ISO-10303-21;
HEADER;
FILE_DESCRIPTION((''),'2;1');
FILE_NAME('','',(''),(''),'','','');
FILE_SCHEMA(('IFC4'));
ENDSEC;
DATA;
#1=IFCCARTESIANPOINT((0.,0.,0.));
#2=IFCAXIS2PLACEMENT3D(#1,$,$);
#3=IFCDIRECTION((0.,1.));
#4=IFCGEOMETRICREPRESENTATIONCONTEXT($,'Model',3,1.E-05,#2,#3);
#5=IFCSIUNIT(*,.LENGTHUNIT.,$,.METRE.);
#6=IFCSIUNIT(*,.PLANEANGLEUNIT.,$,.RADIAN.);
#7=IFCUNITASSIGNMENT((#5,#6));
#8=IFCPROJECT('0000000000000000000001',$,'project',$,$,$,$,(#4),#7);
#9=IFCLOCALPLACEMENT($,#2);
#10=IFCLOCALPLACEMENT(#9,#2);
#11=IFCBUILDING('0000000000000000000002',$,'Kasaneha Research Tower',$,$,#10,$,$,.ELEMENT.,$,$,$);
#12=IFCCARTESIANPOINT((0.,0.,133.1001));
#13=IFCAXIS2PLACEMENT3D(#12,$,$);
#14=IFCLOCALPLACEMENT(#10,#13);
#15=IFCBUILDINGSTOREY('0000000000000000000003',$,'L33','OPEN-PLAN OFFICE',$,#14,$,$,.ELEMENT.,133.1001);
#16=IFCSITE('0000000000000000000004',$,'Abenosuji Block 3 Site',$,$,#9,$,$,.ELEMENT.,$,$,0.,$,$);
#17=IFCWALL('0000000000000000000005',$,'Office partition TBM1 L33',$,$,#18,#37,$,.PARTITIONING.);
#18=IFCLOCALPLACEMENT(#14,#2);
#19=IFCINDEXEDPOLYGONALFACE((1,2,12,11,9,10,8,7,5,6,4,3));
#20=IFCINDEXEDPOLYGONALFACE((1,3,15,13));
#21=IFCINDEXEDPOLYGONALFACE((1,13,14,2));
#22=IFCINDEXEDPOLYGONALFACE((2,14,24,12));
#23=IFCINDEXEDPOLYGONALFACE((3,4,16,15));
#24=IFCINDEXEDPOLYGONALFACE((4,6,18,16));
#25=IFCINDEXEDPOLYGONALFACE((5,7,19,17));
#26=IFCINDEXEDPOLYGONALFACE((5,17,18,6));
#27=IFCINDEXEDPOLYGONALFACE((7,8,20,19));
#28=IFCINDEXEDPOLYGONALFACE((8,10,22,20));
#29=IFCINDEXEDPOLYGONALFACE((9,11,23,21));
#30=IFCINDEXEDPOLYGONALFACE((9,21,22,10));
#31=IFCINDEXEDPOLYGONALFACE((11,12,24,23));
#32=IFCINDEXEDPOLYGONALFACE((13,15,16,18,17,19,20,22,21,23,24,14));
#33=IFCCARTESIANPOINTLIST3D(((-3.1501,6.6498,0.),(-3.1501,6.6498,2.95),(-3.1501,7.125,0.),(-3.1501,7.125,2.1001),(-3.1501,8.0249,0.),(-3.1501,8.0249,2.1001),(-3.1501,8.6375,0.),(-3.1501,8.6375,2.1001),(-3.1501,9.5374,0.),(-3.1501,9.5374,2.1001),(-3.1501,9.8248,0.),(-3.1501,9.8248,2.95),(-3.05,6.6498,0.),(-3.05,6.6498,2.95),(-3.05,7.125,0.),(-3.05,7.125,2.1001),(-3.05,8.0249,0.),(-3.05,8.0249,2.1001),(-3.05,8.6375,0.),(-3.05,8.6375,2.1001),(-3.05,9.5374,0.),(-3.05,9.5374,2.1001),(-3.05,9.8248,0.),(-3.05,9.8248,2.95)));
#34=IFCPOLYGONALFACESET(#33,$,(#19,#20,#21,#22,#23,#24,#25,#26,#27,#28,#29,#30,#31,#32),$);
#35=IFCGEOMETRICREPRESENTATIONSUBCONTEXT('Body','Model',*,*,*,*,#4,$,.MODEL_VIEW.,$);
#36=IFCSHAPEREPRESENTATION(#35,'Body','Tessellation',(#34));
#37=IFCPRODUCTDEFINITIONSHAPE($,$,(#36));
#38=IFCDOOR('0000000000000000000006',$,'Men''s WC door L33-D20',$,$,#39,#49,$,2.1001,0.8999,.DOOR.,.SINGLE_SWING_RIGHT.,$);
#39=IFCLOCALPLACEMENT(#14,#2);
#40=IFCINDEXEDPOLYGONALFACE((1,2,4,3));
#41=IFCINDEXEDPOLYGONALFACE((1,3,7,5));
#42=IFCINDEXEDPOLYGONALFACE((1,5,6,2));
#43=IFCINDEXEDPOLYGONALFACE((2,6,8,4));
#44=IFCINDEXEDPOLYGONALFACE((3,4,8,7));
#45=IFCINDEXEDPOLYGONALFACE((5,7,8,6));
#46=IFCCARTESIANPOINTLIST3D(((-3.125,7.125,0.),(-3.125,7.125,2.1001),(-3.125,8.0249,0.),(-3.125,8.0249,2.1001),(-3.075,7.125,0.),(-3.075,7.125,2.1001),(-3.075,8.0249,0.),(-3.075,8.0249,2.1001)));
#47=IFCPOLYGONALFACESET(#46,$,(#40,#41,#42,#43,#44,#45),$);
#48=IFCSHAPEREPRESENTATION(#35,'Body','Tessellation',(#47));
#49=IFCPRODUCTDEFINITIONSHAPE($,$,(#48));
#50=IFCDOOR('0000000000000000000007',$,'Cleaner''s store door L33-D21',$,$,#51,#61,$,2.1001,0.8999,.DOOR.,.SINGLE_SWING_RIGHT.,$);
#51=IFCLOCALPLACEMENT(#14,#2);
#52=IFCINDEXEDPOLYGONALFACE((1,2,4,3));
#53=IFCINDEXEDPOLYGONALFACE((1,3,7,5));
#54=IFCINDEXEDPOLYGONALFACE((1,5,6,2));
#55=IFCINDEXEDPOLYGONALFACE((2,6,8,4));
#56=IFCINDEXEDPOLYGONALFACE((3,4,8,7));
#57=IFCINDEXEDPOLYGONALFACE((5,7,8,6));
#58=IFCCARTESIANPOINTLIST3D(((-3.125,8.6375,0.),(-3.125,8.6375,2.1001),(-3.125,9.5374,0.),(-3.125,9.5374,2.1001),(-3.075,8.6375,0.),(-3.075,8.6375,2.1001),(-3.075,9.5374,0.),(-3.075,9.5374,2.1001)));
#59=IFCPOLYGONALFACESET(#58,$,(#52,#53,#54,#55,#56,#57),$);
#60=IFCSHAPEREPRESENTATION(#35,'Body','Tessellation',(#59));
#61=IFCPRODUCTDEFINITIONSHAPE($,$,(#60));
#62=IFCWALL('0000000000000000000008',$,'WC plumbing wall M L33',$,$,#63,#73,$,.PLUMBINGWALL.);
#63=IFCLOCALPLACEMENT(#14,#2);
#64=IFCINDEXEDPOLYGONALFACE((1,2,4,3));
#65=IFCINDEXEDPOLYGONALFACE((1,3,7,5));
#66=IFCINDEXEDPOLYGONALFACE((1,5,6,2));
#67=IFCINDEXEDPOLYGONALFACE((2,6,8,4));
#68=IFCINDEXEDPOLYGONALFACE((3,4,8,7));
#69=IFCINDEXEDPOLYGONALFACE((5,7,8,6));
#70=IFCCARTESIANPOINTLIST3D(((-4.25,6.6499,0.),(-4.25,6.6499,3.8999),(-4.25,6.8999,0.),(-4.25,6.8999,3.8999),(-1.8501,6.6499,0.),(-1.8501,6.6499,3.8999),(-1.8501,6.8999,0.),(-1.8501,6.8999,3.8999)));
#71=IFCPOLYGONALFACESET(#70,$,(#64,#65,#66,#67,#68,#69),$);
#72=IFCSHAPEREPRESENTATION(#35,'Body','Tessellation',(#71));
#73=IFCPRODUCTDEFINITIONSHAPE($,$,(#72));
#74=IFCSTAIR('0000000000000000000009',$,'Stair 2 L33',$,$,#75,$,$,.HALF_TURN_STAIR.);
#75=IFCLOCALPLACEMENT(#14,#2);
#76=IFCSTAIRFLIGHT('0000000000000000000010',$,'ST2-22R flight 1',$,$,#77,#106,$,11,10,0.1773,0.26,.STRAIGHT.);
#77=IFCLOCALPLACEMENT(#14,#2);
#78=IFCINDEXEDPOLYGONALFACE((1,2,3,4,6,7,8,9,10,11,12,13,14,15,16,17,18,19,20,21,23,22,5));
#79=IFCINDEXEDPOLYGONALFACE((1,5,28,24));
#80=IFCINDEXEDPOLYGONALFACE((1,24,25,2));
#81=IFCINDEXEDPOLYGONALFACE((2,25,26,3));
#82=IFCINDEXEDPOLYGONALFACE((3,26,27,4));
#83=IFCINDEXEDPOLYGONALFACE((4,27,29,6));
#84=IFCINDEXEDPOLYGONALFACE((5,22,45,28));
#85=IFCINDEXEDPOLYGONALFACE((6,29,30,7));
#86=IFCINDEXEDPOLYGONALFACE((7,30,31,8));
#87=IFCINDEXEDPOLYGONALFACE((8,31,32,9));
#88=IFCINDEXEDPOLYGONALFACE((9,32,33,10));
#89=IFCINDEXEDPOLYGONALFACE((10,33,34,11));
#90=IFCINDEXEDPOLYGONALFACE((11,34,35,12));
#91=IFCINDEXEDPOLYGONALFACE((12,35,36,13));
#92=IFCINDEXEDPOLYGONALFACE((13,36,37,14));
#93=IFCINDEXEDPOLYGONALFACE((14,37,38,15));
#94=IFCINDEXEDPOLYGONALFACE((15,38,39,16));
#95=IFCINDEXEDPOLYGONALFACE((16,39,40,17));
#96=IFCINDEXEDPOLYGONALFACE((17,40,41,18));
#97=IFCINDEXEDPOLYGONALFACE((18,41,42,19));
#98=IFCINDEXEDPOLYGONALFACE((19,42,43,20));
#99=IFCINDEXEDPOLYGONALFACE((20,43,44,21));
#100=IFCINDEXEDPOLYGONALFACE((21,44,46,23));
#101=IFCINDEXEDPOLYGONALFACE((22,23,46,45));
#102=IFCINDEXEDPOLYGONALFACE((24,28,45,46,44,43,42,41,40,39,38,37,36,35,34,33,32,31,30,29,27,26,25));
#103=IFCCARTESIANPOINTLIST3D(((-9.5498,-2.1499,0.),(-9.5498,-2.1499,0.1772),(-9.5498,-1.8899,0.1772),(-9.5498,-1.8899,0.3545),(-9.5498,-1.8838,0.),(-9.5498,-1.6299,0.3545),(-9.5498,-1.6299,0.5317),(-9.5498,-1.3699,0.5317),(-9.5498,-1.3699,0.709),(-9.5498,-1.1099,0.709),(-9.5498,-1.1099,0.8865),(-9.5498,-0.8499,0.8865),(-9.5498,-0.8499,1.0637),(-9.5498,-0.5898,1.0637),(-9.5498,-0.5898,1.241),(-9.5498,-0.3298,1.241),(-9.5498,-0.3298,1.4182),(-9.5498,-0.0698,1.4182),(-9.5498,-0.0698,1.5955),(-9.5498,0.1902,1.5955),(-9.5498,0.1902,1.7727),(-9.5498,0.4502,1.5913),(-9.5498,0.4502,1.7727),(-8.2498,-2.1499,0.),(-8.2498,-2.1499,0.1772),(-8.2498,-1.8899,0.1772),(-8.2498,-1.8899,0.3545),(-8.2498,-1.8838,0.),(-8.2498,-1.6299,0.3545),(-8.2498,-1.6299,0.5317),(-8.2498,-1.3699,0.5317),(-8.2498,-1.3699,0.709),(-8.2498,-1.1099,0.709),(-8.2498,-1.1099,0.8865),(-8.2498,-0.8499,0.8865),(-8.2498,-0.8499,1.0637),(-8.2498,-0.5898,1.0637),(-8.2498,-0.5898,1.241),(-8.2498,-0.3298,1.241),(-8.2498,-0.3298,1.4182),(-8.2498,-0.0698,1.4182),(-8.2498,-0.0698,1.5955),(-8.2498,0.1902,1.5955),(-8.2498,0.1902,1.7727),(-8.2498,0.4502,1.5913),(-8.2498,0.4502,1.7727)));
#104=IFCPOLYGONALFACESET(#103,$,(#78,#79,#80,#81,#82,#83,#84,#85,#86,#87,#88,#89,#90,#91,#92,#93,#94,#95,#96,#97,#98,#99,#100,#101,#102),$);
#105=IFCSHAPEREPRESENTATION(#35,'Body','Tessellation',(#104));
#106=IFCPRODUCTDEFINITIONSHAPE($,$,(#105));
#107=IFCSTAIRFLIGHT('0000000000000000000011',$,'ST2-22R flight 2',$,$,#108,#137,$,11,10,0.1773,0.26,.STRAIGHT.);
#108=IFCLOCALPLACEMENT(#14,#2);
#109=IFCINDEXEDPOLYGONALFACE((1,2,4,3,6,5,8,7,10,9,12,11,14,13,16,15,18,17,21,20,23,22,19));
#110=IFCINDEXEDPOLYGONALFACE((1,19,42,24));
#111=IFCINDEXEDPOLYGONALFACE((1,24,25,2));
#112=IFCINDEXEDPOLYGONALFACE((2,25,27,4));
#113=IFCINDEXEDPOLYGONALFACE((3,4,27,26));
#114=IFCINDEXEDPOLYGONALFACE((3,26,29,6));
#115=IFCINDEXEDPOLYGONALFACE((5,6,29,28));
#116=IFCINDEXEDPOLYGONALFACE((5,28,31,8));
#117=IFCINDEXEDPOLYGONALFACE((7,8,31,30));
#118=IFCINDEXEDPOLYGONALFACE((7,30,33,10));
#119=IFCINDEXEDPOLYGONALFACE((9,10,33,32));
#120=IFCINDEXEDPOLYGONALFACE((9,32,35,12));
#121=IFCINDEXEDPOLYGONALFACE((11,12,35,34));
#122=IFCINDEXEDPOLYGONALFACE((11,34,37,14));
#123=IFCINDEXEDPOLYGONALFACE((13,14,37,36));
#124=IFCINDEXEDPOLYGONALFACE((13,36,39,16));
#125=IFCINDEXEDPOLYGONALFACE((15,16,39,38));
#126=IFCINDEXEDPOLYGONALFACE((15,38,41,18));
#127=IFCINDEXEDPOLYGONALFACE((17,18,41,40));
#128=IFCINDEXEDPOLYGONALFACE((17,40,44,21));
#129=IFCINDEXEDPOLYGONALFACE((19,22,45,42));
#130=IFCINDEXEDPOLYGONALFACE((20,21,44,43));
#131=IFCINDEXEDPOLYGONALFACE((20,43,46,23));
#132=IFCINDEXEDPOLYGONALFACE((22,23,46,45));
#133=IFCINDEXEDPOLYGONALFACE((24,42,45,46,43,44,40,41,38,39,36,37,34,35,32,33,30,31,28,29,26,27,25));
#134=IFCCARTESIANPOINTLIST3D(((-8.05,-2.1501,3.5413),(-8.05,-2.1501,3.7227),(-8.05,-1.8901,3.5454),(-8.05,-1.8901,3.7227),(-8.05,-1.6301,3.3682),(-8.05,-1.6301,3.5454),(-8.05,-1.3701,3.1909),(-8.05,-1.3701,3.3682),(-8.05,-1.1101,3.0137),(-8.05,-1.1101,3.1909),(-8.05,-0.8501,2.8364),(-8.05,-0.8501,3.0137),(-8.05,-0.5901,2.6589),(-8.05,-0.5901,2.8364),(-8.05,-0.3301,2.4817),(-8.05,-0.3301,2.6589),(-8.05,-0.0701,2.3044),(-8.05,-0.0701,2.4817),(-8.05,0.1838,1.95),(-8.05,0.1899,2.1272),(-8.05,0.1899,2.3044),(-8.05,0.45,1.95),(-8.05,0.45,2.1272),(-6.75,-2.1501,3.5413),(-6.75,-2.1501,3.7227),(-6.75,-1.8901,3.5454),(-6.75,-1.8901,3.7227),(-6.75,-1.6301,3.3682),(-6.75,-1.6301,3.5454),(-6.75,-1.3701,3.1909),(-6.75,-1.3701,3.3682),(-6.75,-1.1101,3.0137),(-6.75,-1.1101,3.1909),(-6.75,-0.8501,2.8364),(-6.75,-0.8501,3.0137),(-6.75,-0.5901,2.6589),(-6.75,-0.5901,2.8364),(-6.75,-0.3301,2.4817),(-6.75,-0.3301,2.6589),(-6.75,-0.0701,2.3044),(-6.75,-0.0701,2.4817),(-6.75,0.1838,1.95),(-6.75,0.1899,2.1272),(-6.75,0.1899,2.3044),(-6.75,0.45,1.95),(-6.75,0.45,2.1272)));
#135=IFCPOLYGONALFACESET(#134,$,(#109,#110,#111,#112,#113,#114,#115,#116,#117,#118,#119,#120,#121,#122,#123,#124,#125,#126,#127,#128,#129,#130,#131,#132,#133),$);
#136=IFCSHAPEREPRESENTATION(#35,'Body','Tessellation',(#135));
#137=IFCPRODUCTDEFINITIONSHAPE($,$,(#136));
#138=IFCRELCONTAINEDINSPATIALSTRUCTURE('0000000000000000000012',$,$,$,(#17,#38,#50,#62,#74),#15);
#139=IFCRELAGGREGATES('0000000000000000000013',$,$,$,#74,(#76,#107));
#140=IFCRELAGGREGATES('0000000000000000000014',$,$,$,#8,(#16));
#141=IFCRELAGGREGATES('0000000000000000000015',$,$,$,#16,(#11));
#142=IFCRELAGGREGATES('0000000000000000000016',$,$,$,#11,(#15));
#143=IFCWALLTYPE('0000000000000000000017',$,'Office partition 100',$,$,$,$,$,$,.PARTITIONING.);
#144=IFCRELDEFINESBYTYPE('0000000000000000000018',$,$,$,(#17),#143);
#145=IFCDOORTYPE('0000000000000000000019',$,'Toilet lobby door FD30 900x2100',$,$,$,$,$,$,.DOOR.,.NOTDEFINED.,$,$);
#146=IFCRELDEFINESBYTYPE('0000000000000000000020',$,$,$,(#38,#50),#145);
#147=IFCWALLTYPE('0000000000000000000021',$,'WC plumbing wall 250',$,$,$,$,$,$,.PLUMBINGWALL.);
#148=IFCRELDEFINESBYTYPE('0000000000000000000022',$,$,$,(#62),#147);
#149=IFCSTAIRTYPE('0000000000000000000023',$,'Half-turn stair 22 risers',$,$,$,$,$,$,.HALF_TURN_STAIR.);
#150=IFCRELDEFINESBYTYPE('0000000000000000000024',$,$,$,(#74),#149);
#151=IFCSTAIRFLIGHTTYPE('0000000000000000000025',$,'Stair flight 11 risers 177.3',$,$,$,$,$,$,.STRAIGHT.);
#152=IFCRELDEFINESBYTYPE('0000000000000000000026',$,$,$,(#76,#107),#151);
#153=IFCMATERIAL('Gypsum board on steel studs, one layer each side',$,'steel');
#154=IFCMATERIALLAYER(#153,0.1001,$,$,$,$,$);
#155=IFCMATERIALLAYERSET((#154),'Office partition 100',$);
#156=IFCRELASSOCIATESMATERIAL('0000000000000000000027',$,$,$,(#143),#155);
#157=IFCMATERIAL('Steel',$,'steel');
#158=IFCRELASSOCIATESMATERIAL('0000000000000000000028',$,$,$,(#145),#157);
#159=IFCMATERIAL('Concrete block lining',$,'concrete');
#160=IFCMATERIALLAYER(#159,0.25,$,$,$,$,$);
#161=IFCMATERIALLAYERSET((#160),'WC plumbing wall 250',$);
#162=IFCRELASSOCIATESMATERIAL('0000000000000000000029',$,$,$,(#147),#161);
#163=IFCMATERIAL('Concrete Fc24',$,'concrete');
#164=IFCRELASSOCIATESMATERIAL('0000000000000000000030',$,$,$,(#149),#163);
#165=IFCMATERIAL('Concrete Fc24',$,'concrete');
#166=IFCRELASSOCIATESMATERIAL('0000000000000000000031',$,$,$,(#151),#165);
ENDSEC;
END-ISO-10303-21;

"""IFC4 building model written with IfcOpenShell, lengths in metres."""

from ifc_helpers import new_model, si_unit, direction, frame, frame_2d, origin, place, context, subcontext, project, spatial, polyline, rectangle, outline, extrude, material, layer, layer_set, type_object, element, fill, aggregate, save


model = new_model("IFC4")

# Units and contexts
model_context = context("Model", 3, precision=1e-05, world=origin(), true_north=direction((0.0, 1.0)))
body_context = subcontext(model_context, "Body", "Model", "MODEL_VIEW")
ifc_project = project(units=[si_unit("LENGTHUNIT", "METRE"), si_unit("PLANEANGLEUNIT", "RADIAN")], contexts=[model_context])

# Site, building, storey
site_placement = place(None, origin())
site = spatial("IfcSite", under=ifc_project, at=site_placement, Name="Abenosuji Block 3 Site", CompositionType="ELEMENT", RefElevation=0.0)
building_placement = place(site_placement, origin())
building = spatial("IfcBuilding", under=site, at=building_placement, Name="Kasaneha Research Tower", CompositionType="ELEMENT")
storey_placement = place(building_placement, frame((0.0, 0.0, 133.1001)))
storey = spatial("IfcBuildingStorey", under=building, at=storey_placement, Name="L33", Description="OPEN-PLAN OFFICE", CompositionType="ELEMENT", Elevation=133.1001)

# Wall, openings, doors
ifc_material_1 = material(Name="Gypsum board on steel studs, one layer each side", Category="steel")
ifc_layer_1 = layer(ifc_material_1, 0.1001)
ifc_layer_set_1 = layer_set([ifc_layer_1], Name="Office partition 100")
wall_type_1 = type_object("IfcWallType", Name="Office partition 100", PredefinedType="PARTITIONING", material=ifc_layer_set_1)
wall_1_placement = place(storey_placement, frame((-3.1001, 6.6499, 0.0), z_axis=(0.0, 0.0, 1.0), x_axis=(0.0, 1.0, 0.0)))
wall_1 = element("IfcWall", 1, at=wall_1_placement, inside=storey, type_object=wall_type_1, Name="Office partition TBM1 L33", PredefinedType="PARTITIONING", context=body_context, shape_type="SweptSolid", body=[
    extrude(rectangle(XDim=3.175, YDim=0.1001, at=frame_2d((1.5874, 0.0))), origin(), (0.0, 0.0, 1.0), 2.95),
])
opening_1_placement = place(wall_1_placement, frame((0.4751, 0.0, 0.0)))
opening_1 = element("IfcOpeningElement", 2, at=opening_1_placement, cuts=wall_1, PredefinedType="OPENING", context=body_context, shape_type="SweptSolid", body=[
    extrude(rectangle(XDim=0.8999, YDim=2.1001, at=frame_2d((0.45, 1.05))), frame((0.0, 0.0601, 0.0), z_axis=(0.0, -1.0, 0.0), x_axis=(1.0, 0.0, 0.0)), (0.0, 0.0, 1.0), 0.1201),
])
opening_2_placement = place(wall_1_placement, frame((1.9875, 0.0, 0.0)))
opening_2 = element("IfcOpeningElement", 3, at=opening_2_placement, cuts=wall_1, PredefinedType="OPENING", context=body_context, shape_type="SweptSolid", body=[
    extrude(rectangle(XDim=0.8999, YDim=2.1001, at=frame_2d((0.45, 1.05))), frame((0.0, 0.0601, 0.0), z_axis=(0.0, -1.0, 0.0), x_axis=(1.0, 0.0, 0.0)), (0.0, 0.0, 1.0), 0.1201),
])
ifc_material_2 = material(Name="Steel", Category="steel")
door_type_1 = type_object("IfcDoorType", Name="Toilet lobby door FD30 900x2100", OperationType="NOTDEFINED", PredefinedType="DOOR", material=ifc_material_2)
door_1_placement = place(opening_1_placement, origin())
door_1 = element("IfcDoor", 4, at=door_1_placement, inside=storey, type_object=door_type_1, Name="Men's WC door L33-D20", OperationType="SINGLE_SWING_RIGHT", OverallHeight=2.1001, OverallWidth=0.8999, PredefinedType="DOOR", context=body_context, shape_type="SweptSolid", body=[
    extrude(rectangle(XDim=0.8999, YDim=2.1001, at=frame_2d((0.45, 1.05))), frame((0.0, 0.0249, 0.0), z_axis=(0.0, -1.0, 0.0), x_axis=(1.0, 0.0, 0.0)), (0.0, 0.0, 1.0), 0.05),
])
fill(opening_1, door_1)
door_2_placement = place(opening_2_placement, origin())
door_2 = element("IfcDoor", 5, at=door_2_placement, inside=storey, type_object=door_type_1, Name="Cleaner's store door L33-D21", OperationType="SINGLE_SWING_RIGHT", OverallHeight=2.1001, OverallWidth=0.8999, PredefinedType="DOOR", context=body_context, shape_type="SweptSolid", body=[
    extrude(rectangle(XDim=0.8999, YDim=2.1001, at=frame_2d((0.45, 1.05))), frame((0.0, 0.0249, 0.0), z_axis=(0.0, -1.0, 0.0), x_axis=(1.0, 0.0, 0.0)), (0.0, 0.0, 1.0), 0.05),
])
fill(opening_2, door_2)

# Wall
ifc_material_3 = material(Name="Concrete block lining", Category="concrete")
ifc_layer_2 = layer(ifc_material_3, 0.25)
ifc_layer_set_2 = layer_set([ifc_layer_2], Name="WC plumbing wall 250")
wall_type_2 = type_object("IfcWallType", Name="WC plumbing wall 250", PredefinedType="PLUMBINGWALL", material=ifc_layer_set_2)
wall_2_placement = place(storey_placement, frame((-4.25, 6.7749, 0.0), z_axis=(0.0, 0.0, 1.0), x_axis=(1.0, 0.0, 0.0)))
element("IfcWall", 6, at=wall_2_placement, inside=storey, type_object=wall_type_2, Name="WC plumbing wall M L33", PredefinedType="PLUMBINGWALL", context=body_context, shape_type="SweptSolid", body=[
    extrude(rectangle(XDim=2.3999, YDim=0.25, at=frame_2d((1.2, 0.0))), origin(), (0.0, 0.0, 1.0), 3.8999),
])

# Stair, stair flights
ifc_material_4 = material(Name="Concrete Fc24", Category="concrete")
stair_type = type_object("IfcStairType", Name="Half-turn stair 22 risers", PredefinedType="HALF_TURN_STAIR", material=ifc_material_4)
stair_placement = place(storey_placement, origin())
stair = element("IfcStair", 7, at=stair_placement, inside=storey, type_object=stair_type, Name="Stair 2 L33", PredefinedType="HALF_TURN_STAIR")
ifc_material_5 = material(Name="Concrete Fc24", Category="concrete")
stair_flight_type = type_object("IfcStairFlightType", Name="Stair flight 11 risers 177.3", PredefinedType="STRAIGHT", material=ifc_material_5)
stair_flight_1_placement = place(storey_placement, frame((-8.8999, -2.1499, 0.0), z_axis=(0.0, 0.0, 1.0), x_axis=(0.0, 1.0, 0.0)))
stair_flight_1 = element("IfcStairFlight", 8, at=stair_flight_1_placement, type_object=stair_flight_type, Name="ST2-22R flight 1", NumberOfRisers=11, NumberOfTreads=10, PredefinedType="STRAIGHT", RiserHeight=0.1773, TreadLength=0.26, context=body_context, shape_type="SweptSolid", body=[
    extrude(outline(polyline([(0.0, 0.0), (0.0, 0.1772), (0.26, 0.1772), (0.26, 0.3545), (0.52, 0.3545), (0.52, 0.5317), (0.78, 0.5317), (0.78, 0.709), (1.04, 0.709), (1.04, 0.8865), (1.3, 0.8865), (1.3, 1.0637), (1.5601, 1.0637), (1.5601, 1.241), (1.8201, 1.241), (1.8201, 1.4182), (2.0801, 1.4182), (2.0801, 1.5955), (2.3401, 1.5955), (2.3401, 1.7727), (2.6001, 1.7727), (2.6001, 1.95), (2.6001, 1.5913), (0.2661, 0.0), (0.0, 0.0)])), frame((0.0, 0.6499, 0.0), z_axis=(0.0, -1.0, 0.0), x_axis=(1.0, 0.0, 0.0)), (0.0, 0.0, 1.0), 1.3),
])
stair_flight_2_placement = place(storey_placement, frame((-7.3999, 0.45, 1.95), z_axis=(0.0, 0.0, 1.0), x_axis=(0.0, -1.0, 0.0)))
stair_flight_2 = element("IfcStairFlight", 9, at=stair_flight_2_placement, type_object=stair_flight_type, Name="ST2-22R flight 2", NumberOfRisers=11, NumberOfTreads=10, PredefinedType="STRAIGHT", RiserHeight=0.1773, TreadLength=0.26, context=body_context, shape_type="SweptSolid", body=[
    extrude(outline(polyline([(0.0, 0.0), (0.0, 0.1772), (0.26, 0.1772), (0.26, 0.3545), (0.52, 0.3545), (0.52, 0.5317), (0.78, 0.5317), (0.78, 0.709), (1.04, 0.709), (1.04, 0.8865), (1.3, 0.8865), (1.3, 1.0637), (1.5601, 1.0637), (1.5601, 1.241), (1.8201, 1.241), (1.8201, 1.4182), (2.0801, 1.4182), (2.0801, 1.5955), (2.3401, 1.5955), (2.3401, 1.7727), (2.6001, 1.7727), (2.6001, 1.95), (2.6001, 1.5913), (0.2661, 0.0), (0.0, 0.0)])), frame((0.0, 0.6499, 0.0), z_axis=(0.0, -1.0, 0.0), x_axis=(1.0, 0.0, 0.0)), (0.0, 0.0, 1.0), 1.3),
])
aggregate(stair, [stair_flight_1, stair_flight_2])

save(model, "model.ifc")
